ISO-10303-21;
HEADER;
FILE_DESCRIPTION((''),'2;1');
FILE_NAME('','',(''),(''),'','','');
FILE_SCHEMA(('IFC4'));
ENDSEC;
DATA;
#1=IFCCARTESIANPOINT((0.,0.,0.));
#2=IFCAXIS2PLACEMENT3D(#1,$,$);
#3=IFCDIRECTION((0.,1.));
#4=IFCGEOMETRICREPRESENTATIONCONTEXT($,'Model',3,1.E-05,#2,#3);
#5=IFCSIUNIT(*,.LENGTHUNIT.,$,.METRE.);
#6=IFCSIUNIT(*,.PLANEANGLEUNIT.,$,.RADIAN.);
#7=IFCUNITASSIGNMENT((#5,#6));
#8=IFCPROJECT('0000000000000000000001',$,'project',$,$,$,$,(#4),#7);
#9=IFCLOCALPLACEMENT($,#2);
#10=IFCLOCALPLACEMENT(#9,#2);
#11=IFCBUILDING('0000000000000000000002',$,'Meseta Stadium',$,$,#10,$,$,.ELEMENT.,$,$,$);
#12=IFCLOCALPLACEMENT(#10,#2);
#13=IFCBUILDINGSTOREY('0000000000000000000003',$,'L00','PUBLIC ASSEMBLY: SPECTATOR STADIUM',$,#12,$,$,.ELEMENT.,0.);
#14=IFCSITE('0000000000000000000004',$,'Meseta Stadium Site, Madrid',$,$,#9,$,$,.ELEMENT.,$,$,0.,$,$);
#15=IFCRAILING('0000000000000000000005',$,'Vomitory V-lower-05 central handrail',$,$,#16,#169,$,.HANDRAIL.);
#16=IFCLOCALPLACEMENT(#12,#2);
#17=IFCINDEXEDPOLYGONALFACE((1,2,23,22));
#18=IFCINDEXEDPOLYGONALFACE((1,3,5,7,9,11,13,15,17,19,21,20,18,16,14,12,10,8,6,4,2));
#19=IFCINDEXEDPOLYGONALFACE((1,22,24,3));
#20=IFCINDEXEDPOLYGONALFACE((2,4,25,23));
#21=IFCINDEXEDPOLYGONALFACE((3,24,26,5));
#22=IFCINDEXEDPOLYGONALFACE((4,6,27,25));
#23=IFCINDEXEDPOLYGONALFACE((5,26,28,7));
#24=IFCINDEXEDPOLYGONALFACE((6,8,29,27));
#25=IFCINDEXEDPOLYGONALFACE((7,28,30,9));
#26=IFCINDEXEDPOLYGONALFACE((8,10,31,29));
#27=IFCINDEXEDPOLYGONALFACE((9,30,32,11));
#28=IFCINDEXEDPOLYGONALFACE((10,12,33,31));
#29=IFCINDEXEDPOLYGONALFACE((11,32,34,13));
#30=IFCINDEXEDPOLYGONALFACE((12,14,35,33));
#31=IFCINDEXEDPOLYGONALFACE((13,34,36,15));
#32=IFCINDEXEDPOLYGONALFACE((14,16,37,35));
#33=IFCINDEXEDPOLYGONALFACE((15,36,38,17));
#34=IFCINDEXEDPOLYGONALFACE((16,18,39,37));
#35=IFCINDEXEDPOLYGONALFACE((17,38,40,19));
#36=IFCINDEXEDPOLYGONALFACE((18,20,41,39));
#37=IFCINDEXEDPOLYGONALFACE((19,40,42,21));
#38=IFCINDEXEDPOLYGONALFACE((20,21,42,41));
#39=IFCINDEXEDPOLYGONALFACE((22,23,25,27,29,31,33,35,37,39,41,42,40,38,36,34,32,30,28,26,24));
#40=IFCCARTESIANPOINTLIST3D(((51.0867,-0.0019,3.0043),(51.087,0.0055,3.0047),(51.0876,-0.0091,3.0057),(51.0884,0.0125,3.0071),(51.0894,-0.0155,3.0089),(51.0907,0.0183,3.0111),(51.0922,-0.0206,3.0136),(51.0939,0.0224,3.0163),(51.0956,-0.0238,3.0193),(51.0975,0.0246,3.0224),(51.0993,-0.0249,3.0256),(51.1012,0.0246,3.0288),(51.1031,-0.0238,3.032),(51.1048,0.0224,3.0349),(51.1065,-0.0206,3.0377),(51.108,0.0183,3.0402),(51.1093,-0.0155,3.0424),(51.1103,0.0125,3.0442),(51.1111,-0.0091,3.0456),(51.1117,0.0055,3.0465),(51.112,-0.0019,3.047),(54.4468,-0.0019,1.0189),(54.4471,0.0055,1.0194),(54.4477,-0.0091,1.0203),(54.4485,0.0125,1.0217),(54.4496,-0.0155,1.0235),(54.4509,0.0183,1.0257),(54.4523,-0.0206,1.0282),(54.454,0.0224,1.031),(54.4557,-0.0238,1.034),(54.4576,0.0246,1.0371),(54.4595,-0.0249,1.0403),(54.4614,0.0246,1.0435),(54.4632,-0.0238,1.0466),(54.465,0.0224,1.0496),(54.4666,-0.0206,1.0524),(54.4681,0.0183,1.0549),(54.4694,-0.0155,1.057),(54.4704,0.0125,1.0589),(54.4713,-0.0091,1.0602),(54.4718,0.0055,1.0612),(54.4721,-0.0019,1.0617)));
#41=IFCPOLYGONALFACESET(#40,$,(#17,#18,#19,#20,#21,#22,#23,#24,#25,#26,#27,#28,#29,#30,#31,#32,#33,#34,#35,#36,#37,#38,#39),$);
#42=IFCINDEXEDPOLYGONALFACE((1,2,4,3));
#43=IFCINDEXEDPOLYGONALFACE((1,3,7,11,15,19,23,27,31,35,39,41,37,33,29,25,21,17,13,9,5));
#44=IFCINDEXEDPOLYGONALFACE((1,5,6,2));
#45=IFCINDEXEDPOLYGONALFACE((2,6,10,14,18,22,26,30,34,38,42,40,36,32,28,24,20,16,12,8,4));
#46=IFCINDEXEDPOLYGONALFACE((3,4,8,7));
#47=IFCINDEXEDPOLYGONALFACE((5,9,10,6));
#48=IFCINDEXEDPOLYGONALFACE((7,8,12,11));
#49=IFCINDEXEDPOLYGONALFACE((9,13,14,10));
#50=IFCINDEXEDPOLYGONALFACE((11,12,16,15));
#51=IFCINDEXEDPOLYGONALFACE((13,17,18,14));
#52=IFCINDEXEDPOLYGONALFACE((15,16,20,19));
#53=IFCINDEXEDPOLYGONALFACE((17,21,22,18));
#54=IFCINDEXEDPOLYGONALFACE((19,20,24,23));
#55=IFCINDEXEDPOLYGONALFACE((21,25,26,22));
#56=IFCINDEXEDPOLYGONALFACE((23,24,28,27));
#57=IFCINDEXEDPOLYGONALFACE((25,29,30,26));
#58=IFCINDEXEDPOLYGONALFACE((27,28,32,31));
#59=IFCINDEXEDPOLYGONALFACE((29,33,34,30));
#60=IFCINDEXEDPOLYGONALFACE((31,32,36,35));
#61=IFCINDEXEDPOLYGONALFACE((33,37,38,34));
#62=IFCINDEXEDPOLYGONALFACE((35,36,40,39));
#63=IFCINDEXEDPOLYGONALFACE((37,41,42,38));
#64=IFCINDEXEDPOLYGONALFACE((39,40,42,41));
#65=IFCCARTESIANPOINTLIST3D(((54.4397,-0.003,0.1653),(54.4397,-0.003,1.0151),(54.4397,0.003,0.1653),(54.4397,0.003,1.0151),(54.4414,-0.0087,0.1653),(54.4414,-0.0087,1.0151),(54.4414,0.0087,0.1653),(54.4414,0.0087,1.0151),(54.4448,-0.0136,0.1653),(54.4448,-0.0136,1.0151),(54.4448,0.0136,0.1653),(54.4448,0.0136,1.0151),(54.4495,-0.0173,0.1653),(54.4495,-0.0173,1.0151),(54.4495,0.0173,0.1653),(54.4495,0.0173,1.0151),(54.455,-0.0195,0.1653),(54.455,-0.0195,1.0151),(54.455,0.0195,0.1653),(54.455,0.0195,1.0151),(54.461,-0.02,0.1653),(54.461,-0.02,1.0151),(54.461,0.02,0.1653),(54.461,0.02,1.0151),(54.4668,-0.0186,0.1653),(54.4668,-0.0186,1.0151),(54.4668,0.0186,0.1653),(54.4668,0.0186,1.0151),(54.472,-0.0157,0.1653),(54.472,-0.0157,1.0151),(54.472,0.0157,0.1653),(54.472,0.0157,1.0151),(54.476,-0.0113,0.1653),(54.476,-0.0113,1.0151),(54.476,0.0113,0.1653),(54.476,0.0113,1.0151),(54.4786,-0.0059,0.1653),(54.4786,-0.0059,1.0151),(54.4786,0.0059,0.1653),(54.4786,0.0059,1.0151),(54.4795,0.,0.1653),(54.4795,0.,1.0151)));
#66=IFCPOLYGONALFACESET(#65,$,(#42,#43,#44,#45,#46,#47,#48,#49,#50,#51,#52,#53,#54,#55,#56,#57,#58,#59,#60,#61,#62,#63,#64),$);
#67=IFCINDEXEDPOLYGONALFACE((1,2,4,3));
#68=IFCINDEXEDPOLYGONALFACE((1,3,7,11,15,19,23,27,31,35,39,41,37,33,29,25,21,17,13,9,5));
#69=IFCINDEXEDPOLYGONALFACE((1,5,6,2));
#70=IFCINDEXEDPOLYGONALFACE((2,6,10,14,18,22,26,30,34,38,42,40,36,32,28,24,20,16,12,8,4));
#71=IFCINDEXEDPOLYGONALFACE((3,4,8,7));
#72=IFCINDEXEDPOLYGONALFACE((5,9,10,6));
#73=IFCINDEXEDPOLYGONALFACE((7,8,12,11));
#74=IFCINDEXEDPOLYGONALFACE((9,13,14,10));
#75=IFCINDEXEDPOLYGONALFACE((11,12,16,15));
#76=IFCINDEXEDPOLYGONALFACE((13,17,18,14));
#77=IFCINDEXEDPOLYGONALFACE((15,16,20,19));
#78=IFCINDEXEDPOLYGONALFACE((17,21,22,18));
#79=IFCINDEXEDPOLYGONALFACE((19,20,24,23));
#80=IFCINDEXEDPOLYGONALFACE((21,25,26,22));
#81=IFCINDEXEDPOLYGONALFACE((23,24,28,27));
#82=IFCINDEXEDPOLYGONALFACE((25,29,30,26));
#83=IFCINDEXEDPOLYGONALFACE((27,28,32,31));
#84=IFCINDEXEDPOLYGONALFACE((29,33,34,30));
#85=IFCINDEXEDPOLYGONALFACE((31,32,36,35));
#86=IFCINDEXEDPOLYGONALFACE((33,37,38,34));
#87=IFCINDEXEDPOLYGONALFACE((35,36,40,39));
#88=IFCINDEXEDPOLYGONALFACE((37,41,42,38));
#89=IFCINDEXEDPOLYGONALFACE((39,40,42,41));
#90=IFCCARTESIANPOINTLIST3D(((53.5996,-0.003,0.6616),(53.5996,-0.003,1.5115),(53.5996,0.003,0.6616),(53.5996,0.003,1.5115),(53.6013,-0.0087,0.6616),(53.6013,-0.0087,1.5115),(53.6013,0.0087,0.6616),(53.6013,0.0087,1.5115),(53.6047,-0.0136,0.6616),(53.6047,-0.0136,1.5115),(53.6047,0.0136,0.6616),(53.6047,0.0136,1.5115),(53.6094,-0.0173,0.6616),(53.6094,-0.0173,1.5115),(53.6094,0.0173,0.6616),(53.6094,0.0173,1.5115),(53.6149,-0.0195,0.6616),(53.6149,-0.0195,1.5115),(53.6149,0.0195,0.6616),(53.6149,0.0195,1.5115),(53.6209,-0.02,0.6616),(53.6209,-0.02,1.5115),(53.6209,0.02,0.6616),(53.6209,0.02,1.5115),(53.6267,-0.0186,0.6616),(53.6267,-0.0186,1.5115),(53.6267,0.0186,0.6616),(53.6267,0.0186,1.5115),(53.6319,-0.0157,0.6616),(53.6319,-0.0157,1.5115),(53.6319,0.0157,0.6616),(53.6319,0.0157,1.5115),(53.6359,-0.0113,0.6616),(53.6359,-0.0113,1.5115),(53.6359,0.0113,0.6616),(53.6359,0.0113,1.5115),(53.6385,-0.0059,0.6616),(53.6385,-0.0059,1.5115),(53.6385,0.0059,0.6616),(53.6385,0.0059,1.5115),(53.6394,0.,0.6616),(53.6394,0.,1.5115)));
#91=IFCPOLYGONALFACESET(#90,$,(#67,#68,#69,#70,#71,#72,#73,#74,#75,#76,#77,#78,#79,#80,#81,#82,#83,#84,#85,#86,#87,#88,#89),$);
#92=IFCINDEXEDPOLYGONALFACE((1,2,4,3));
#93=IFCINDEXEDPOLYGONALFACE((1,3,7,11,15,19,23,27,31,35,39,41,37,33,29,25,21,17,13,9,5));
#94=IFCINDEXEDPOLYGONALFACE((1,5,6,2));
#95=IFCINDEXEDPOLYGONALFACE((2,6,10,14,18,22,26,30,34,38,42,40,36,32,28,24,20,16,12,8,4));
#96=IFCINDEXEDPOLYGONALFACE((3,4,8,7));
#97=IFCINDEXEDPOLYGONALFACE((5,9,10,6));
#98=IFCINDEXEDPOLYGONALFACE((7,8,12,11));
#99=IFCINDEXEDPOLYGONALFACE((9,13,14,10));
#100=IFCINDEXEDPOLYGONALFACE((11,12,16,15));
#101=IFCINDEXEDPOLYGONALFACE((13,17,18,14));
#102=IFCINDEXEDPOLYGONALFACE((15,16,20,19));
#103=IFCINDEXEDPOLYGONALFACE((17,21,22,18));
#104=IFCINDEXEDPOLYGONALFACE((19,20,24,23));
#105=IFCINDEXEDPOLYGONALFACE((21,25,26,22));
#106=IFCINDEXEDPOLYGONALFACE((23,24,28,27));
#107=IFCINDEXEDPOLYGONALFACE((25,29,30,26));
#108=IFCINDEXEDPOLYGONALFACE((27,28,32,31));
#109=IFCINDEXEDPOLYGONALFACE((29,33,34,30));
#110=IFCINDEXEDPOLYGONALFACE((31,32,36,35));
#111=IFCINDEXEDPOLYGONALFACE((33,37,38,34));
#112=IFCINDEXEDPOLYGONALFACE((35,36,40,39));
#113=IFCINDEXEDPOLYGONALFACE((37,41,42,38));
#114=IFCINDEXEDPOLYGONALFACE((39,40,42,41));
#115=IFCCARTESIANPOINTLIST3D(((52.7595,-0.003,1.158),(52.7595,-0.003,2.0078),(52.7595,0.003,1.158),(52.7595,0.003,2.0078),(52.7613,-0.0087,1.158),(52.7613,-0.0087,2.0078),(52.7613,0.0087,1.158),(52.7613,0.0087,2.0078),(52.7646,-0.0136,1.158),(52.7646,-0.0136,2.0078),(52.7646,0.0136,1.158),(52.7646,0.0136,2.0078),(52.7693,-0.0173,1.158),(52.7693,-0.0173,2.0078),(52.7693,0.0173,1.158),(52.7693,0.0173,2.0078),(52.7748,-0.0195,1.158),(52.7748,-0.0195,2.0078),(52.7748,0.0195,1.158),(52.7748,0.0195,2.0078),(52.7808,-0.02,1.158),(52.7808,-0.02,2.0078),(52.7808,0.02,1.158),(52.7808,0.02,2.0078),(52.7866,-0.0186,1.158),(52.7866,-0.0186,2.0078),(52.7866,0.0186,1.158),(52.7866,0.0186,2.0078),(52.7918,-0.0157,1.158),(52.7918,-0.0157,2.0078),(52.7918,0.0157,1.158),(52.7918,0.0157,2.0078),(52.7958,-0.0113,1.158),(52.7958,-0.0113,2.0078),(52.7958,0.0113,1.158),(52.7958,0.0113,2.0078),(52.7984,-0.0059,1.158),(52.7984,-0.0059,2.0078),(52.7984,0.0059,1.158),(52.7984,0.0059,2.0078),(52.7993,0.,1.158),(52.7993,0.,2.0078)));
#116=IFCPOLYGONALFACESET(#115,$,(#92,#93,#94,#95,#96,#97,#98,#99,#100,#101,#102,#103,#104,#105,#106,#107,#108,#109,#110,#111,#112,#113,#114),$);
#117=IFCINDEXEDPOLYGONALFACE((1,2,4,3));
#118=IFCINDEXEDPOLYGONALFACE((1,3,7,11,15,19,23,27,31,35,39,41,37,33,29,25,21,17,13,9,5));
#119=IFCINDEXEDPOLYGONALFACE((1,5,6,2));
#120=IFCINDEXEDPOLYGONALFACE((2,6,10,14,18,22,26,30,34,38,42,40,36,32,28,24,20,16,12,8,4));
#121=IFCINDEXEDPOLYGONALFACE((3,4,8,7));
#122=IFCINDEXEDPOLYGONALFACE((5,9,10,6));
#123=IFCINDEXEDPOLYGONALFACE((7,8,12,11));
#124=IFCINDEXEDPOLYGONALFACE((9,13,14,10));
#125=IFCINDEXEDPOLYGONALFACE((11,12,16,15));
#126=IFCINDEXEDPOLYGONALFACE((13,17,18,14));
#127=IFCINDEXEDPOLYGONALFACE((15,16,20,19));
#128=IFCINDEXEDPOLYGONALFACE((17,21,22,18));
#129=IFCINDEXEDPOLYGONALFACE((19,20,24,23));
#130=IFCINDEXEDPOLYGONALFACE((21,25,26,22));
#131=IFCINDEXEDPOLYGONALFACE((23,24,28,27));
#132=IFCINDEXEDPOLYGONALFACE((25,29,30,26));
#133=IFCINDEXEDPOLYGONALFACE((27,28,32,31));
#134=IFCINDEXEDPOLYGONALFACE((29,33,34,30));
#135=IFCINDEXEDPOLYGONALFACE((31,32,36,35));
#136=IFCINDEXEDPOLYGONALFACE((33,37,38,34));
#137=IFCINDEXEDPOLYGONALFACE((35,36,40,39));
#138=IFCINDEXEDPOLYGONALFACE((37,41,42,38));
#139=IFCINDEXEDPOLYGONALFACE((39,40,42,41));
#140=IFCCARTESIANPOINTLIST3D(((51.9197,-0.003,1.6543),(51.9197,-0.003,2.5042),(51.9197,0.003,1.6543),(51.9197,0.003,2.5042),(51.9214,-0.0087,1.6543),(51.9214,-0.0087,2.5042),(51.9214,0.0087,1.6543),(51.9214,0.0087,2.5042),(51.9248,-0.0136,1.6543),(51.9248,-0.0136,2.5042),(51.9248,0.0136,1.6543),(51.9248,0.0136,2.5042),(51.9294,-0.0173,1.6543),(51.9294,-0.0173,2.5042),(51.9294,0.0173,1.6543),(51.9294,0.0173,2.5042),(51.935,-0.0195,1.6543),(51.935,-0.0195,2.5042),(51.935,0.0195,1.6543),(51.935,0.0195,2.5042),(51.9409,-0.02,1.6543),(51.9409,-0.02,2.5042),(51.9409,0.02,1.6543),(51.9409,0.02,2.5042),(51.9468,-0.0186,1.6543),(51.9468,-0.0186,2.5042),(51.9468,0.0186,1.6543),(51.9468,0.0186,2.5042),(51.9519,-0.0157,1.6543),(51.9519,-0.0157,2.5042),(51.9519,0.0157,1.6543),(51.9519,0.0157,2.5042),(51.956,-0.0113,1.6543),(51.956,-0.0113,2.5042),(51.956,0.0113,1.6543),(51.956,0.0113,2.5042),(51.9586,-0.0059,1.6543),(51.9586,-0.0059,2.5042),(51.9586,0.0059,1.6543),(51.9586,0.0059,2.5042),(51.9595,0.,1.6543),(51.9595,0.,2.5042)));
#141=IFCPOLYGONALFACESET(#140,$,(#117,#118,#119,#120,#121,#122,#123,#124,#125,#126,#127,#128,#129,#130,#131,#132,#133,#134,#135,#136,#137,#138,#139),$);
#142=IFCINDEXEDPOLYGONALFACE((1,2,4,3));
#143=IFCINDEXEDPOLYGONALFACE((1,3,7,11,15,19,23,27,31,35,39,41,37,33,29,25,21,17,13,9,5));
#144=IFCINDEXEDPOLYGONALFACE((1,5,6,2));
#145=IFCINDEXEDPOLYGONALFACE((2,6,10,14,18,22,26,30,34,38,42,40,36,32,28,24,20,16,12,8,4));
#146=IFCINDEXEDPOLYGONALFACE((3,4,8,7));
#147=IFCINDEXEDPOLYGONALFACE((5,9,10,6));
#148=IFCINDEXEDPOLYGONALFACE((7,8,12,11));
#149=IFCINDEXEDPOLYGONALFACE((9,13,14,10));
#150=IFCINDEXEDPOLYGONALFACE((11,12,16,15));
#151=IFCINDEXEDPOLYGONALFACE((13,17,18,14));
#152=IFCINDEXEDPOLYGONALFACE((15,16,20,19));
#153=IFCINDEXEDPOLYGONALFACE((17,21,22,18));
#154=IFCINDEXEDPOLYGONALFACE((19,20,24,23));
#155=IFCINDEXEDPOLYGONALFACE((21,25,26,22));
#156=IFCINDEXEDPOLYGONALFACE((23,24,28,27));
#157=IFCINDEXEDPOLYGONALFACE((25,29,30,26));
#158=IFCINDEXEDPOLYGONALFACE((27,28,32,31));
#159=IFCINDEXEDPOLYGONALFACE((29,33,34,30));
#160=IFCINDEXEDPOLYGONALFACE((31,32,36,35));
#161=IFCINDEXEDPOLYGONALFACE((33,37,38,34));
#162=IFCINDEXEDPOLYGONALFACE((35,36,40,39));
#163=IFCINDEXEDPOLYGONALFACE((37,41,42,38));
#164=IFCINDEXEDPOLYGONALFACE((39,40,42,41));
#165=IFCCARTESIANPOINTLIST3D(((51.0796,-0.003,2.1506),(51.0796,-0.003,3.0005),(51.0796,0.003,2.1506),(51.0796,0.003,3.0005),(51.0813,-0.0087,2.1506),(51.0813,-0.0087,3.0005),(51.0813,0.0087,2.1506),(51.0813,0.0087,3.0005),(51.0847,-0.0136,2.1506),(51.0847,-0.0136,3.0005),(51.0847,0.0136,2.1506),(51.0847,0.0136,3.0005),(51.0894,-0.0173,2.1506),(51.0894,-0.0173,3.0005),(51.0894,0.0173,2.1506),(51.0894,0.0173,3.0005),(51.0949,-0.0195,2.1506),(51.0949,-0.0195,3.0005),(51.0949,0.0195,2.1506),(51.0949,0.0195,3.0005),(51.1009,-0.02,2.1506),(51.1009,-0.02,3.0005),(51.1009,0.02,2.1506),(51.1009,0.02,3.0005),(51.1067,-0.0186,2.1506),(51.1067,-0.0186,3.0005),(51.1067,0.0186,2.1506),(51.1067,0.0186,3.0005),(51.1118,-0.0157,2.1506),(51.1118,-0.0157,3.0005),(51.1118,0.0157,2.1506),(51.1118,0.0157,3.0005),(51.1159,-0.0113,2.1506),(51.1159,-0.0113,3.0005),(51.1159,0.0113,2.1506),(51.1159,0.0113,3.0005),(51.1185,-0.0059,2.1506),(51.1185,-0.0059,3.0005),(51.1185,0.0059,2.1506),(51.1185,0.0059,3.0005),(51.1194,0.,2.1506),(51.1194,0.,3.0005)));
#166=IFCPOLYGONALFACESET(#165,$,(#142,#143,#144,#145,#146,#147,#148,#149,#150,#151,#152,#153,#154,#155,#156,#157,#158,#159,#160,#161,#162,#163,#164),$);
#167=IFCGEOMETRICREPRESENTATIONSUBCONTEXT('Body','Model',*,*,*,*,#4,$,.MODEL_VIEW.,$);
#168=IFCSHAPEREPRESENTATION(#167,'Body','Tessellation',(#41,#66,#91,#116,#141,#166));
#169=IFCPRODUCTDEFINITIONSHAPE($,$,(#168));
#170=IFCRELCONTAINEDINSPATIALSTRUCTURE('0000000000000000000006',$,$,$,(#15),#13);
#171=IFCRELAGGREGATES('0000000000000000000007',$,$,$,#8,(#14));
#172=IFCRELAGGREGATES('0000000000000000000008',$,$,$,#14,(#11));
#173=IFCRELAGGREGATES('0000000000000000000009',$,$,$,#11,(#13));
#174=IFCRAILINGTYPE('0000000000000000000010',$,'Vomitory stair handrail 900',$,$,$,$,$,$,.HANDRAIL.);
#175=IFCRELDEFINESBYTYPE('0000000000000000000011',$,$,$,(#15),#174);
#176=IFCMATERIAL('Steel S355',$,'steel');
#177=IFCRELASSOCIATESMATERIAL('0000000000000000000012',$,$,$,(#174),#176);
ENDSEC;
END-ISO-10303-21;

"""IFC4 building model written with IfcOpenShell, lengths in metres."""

from ifc_helpers import new_model, si_unit, direction, frame, origin, origin_2d, place, context, subcontext, project, spatial, circle, extrude, material, type_object, element, save


model = new_model("IFC4")

# Units and contexts
model_context = context("Model", 3, precision=1e-05, world=origin(), true_north=direction((0.0, 1.0)))
body_context = subcontext(model_context, "Body", "Model", "MODEL_VIEW")
ifc_project = project(units=[si_unit("LENGTHUNIT", "METRE"), si_unit("PLANEANGLEUNIT", "RADIAN")], contexts=[model_context])

# Site, building, storey
site_placement = place(None, origin())
site = spatial("IfcSite", under=ifc_project, at=site_placement, Name="Meseta Stadium Site, Madrid", CompositionType="ELEMENT", RefElevation=0.0)
building_placement = place(site_placement, origin())
building = spatial("IfcBuilding", under=site, at=building_placement, Name="Meseta Stadium", CompositionType="ELEMENT")
storey_placement = place(building_placement, origin())
storey = spatial("IfcBuildingStorey", under=building, at=storey_placement, Name="L00", Description="PUBLIC ASSEMBLY: SPECTATOR STADIUM", CompositionType="ELEMENT", Elevation=0.0)

# Railing
ifc_material_1 = material(Name="Steel S355", Category="steel")
railing_type_1 = type_object("IfcRailingType", Name="Vomitory stair handrail 900", PredefinedType="HANDRAIL", material=ifc_material_1)
railing_1_placement = place(storey_placement, frame((54.4595, 0.0, 0.1653)))
element("IfcRailing", 1, at=railing_1_placement, inside=storey, type_object=railing_type_1, Name="Vomitory V-lower-05 central handrail", PredefinedType="HANDRAIL", context=body_context, shape_type="SweptSolid", body=[
    extrude(circle(Radius=0.0249, at=origin_2d()), frame((0.0, 0.0, 0.875), z_axis=(-0.860945, 0.0, 0.508698), x_axis=(0.0, -1.0, 0.0)), (0.0, 0.0, 1.0), 3.9028),
    extrude(circle(Radius=0.02, at=origin_2d()), origin(), (0.0, 0.0, 1.0), 0.8499),
    extrude(circle(Radius=0.02, at=origin_2d()), frame((-0.8401, 0.0, 0.4963)), (0.0, 0.0, 1.0), 0.8499),
    extrude(circle(Radius=0.02, at=origin_2d()), frame((-1.6802, 0.0, 0.9927)), (0.0, 0.0, 1.0), 0.8499),
    extrude(circle(Radius=0.02, at=origin_2d()), frame((-2.52, 0.0, 1.489)), (0.0, 0.0, 1.0), 0.8499),
    extrude(circle(Radius=0.02, at=origin_2d()), frame((-3.3601, 0.0, 1.9854)), (0.0, 0.0, 1.0), 0.8499),
])

save(model, "model.ifc")
